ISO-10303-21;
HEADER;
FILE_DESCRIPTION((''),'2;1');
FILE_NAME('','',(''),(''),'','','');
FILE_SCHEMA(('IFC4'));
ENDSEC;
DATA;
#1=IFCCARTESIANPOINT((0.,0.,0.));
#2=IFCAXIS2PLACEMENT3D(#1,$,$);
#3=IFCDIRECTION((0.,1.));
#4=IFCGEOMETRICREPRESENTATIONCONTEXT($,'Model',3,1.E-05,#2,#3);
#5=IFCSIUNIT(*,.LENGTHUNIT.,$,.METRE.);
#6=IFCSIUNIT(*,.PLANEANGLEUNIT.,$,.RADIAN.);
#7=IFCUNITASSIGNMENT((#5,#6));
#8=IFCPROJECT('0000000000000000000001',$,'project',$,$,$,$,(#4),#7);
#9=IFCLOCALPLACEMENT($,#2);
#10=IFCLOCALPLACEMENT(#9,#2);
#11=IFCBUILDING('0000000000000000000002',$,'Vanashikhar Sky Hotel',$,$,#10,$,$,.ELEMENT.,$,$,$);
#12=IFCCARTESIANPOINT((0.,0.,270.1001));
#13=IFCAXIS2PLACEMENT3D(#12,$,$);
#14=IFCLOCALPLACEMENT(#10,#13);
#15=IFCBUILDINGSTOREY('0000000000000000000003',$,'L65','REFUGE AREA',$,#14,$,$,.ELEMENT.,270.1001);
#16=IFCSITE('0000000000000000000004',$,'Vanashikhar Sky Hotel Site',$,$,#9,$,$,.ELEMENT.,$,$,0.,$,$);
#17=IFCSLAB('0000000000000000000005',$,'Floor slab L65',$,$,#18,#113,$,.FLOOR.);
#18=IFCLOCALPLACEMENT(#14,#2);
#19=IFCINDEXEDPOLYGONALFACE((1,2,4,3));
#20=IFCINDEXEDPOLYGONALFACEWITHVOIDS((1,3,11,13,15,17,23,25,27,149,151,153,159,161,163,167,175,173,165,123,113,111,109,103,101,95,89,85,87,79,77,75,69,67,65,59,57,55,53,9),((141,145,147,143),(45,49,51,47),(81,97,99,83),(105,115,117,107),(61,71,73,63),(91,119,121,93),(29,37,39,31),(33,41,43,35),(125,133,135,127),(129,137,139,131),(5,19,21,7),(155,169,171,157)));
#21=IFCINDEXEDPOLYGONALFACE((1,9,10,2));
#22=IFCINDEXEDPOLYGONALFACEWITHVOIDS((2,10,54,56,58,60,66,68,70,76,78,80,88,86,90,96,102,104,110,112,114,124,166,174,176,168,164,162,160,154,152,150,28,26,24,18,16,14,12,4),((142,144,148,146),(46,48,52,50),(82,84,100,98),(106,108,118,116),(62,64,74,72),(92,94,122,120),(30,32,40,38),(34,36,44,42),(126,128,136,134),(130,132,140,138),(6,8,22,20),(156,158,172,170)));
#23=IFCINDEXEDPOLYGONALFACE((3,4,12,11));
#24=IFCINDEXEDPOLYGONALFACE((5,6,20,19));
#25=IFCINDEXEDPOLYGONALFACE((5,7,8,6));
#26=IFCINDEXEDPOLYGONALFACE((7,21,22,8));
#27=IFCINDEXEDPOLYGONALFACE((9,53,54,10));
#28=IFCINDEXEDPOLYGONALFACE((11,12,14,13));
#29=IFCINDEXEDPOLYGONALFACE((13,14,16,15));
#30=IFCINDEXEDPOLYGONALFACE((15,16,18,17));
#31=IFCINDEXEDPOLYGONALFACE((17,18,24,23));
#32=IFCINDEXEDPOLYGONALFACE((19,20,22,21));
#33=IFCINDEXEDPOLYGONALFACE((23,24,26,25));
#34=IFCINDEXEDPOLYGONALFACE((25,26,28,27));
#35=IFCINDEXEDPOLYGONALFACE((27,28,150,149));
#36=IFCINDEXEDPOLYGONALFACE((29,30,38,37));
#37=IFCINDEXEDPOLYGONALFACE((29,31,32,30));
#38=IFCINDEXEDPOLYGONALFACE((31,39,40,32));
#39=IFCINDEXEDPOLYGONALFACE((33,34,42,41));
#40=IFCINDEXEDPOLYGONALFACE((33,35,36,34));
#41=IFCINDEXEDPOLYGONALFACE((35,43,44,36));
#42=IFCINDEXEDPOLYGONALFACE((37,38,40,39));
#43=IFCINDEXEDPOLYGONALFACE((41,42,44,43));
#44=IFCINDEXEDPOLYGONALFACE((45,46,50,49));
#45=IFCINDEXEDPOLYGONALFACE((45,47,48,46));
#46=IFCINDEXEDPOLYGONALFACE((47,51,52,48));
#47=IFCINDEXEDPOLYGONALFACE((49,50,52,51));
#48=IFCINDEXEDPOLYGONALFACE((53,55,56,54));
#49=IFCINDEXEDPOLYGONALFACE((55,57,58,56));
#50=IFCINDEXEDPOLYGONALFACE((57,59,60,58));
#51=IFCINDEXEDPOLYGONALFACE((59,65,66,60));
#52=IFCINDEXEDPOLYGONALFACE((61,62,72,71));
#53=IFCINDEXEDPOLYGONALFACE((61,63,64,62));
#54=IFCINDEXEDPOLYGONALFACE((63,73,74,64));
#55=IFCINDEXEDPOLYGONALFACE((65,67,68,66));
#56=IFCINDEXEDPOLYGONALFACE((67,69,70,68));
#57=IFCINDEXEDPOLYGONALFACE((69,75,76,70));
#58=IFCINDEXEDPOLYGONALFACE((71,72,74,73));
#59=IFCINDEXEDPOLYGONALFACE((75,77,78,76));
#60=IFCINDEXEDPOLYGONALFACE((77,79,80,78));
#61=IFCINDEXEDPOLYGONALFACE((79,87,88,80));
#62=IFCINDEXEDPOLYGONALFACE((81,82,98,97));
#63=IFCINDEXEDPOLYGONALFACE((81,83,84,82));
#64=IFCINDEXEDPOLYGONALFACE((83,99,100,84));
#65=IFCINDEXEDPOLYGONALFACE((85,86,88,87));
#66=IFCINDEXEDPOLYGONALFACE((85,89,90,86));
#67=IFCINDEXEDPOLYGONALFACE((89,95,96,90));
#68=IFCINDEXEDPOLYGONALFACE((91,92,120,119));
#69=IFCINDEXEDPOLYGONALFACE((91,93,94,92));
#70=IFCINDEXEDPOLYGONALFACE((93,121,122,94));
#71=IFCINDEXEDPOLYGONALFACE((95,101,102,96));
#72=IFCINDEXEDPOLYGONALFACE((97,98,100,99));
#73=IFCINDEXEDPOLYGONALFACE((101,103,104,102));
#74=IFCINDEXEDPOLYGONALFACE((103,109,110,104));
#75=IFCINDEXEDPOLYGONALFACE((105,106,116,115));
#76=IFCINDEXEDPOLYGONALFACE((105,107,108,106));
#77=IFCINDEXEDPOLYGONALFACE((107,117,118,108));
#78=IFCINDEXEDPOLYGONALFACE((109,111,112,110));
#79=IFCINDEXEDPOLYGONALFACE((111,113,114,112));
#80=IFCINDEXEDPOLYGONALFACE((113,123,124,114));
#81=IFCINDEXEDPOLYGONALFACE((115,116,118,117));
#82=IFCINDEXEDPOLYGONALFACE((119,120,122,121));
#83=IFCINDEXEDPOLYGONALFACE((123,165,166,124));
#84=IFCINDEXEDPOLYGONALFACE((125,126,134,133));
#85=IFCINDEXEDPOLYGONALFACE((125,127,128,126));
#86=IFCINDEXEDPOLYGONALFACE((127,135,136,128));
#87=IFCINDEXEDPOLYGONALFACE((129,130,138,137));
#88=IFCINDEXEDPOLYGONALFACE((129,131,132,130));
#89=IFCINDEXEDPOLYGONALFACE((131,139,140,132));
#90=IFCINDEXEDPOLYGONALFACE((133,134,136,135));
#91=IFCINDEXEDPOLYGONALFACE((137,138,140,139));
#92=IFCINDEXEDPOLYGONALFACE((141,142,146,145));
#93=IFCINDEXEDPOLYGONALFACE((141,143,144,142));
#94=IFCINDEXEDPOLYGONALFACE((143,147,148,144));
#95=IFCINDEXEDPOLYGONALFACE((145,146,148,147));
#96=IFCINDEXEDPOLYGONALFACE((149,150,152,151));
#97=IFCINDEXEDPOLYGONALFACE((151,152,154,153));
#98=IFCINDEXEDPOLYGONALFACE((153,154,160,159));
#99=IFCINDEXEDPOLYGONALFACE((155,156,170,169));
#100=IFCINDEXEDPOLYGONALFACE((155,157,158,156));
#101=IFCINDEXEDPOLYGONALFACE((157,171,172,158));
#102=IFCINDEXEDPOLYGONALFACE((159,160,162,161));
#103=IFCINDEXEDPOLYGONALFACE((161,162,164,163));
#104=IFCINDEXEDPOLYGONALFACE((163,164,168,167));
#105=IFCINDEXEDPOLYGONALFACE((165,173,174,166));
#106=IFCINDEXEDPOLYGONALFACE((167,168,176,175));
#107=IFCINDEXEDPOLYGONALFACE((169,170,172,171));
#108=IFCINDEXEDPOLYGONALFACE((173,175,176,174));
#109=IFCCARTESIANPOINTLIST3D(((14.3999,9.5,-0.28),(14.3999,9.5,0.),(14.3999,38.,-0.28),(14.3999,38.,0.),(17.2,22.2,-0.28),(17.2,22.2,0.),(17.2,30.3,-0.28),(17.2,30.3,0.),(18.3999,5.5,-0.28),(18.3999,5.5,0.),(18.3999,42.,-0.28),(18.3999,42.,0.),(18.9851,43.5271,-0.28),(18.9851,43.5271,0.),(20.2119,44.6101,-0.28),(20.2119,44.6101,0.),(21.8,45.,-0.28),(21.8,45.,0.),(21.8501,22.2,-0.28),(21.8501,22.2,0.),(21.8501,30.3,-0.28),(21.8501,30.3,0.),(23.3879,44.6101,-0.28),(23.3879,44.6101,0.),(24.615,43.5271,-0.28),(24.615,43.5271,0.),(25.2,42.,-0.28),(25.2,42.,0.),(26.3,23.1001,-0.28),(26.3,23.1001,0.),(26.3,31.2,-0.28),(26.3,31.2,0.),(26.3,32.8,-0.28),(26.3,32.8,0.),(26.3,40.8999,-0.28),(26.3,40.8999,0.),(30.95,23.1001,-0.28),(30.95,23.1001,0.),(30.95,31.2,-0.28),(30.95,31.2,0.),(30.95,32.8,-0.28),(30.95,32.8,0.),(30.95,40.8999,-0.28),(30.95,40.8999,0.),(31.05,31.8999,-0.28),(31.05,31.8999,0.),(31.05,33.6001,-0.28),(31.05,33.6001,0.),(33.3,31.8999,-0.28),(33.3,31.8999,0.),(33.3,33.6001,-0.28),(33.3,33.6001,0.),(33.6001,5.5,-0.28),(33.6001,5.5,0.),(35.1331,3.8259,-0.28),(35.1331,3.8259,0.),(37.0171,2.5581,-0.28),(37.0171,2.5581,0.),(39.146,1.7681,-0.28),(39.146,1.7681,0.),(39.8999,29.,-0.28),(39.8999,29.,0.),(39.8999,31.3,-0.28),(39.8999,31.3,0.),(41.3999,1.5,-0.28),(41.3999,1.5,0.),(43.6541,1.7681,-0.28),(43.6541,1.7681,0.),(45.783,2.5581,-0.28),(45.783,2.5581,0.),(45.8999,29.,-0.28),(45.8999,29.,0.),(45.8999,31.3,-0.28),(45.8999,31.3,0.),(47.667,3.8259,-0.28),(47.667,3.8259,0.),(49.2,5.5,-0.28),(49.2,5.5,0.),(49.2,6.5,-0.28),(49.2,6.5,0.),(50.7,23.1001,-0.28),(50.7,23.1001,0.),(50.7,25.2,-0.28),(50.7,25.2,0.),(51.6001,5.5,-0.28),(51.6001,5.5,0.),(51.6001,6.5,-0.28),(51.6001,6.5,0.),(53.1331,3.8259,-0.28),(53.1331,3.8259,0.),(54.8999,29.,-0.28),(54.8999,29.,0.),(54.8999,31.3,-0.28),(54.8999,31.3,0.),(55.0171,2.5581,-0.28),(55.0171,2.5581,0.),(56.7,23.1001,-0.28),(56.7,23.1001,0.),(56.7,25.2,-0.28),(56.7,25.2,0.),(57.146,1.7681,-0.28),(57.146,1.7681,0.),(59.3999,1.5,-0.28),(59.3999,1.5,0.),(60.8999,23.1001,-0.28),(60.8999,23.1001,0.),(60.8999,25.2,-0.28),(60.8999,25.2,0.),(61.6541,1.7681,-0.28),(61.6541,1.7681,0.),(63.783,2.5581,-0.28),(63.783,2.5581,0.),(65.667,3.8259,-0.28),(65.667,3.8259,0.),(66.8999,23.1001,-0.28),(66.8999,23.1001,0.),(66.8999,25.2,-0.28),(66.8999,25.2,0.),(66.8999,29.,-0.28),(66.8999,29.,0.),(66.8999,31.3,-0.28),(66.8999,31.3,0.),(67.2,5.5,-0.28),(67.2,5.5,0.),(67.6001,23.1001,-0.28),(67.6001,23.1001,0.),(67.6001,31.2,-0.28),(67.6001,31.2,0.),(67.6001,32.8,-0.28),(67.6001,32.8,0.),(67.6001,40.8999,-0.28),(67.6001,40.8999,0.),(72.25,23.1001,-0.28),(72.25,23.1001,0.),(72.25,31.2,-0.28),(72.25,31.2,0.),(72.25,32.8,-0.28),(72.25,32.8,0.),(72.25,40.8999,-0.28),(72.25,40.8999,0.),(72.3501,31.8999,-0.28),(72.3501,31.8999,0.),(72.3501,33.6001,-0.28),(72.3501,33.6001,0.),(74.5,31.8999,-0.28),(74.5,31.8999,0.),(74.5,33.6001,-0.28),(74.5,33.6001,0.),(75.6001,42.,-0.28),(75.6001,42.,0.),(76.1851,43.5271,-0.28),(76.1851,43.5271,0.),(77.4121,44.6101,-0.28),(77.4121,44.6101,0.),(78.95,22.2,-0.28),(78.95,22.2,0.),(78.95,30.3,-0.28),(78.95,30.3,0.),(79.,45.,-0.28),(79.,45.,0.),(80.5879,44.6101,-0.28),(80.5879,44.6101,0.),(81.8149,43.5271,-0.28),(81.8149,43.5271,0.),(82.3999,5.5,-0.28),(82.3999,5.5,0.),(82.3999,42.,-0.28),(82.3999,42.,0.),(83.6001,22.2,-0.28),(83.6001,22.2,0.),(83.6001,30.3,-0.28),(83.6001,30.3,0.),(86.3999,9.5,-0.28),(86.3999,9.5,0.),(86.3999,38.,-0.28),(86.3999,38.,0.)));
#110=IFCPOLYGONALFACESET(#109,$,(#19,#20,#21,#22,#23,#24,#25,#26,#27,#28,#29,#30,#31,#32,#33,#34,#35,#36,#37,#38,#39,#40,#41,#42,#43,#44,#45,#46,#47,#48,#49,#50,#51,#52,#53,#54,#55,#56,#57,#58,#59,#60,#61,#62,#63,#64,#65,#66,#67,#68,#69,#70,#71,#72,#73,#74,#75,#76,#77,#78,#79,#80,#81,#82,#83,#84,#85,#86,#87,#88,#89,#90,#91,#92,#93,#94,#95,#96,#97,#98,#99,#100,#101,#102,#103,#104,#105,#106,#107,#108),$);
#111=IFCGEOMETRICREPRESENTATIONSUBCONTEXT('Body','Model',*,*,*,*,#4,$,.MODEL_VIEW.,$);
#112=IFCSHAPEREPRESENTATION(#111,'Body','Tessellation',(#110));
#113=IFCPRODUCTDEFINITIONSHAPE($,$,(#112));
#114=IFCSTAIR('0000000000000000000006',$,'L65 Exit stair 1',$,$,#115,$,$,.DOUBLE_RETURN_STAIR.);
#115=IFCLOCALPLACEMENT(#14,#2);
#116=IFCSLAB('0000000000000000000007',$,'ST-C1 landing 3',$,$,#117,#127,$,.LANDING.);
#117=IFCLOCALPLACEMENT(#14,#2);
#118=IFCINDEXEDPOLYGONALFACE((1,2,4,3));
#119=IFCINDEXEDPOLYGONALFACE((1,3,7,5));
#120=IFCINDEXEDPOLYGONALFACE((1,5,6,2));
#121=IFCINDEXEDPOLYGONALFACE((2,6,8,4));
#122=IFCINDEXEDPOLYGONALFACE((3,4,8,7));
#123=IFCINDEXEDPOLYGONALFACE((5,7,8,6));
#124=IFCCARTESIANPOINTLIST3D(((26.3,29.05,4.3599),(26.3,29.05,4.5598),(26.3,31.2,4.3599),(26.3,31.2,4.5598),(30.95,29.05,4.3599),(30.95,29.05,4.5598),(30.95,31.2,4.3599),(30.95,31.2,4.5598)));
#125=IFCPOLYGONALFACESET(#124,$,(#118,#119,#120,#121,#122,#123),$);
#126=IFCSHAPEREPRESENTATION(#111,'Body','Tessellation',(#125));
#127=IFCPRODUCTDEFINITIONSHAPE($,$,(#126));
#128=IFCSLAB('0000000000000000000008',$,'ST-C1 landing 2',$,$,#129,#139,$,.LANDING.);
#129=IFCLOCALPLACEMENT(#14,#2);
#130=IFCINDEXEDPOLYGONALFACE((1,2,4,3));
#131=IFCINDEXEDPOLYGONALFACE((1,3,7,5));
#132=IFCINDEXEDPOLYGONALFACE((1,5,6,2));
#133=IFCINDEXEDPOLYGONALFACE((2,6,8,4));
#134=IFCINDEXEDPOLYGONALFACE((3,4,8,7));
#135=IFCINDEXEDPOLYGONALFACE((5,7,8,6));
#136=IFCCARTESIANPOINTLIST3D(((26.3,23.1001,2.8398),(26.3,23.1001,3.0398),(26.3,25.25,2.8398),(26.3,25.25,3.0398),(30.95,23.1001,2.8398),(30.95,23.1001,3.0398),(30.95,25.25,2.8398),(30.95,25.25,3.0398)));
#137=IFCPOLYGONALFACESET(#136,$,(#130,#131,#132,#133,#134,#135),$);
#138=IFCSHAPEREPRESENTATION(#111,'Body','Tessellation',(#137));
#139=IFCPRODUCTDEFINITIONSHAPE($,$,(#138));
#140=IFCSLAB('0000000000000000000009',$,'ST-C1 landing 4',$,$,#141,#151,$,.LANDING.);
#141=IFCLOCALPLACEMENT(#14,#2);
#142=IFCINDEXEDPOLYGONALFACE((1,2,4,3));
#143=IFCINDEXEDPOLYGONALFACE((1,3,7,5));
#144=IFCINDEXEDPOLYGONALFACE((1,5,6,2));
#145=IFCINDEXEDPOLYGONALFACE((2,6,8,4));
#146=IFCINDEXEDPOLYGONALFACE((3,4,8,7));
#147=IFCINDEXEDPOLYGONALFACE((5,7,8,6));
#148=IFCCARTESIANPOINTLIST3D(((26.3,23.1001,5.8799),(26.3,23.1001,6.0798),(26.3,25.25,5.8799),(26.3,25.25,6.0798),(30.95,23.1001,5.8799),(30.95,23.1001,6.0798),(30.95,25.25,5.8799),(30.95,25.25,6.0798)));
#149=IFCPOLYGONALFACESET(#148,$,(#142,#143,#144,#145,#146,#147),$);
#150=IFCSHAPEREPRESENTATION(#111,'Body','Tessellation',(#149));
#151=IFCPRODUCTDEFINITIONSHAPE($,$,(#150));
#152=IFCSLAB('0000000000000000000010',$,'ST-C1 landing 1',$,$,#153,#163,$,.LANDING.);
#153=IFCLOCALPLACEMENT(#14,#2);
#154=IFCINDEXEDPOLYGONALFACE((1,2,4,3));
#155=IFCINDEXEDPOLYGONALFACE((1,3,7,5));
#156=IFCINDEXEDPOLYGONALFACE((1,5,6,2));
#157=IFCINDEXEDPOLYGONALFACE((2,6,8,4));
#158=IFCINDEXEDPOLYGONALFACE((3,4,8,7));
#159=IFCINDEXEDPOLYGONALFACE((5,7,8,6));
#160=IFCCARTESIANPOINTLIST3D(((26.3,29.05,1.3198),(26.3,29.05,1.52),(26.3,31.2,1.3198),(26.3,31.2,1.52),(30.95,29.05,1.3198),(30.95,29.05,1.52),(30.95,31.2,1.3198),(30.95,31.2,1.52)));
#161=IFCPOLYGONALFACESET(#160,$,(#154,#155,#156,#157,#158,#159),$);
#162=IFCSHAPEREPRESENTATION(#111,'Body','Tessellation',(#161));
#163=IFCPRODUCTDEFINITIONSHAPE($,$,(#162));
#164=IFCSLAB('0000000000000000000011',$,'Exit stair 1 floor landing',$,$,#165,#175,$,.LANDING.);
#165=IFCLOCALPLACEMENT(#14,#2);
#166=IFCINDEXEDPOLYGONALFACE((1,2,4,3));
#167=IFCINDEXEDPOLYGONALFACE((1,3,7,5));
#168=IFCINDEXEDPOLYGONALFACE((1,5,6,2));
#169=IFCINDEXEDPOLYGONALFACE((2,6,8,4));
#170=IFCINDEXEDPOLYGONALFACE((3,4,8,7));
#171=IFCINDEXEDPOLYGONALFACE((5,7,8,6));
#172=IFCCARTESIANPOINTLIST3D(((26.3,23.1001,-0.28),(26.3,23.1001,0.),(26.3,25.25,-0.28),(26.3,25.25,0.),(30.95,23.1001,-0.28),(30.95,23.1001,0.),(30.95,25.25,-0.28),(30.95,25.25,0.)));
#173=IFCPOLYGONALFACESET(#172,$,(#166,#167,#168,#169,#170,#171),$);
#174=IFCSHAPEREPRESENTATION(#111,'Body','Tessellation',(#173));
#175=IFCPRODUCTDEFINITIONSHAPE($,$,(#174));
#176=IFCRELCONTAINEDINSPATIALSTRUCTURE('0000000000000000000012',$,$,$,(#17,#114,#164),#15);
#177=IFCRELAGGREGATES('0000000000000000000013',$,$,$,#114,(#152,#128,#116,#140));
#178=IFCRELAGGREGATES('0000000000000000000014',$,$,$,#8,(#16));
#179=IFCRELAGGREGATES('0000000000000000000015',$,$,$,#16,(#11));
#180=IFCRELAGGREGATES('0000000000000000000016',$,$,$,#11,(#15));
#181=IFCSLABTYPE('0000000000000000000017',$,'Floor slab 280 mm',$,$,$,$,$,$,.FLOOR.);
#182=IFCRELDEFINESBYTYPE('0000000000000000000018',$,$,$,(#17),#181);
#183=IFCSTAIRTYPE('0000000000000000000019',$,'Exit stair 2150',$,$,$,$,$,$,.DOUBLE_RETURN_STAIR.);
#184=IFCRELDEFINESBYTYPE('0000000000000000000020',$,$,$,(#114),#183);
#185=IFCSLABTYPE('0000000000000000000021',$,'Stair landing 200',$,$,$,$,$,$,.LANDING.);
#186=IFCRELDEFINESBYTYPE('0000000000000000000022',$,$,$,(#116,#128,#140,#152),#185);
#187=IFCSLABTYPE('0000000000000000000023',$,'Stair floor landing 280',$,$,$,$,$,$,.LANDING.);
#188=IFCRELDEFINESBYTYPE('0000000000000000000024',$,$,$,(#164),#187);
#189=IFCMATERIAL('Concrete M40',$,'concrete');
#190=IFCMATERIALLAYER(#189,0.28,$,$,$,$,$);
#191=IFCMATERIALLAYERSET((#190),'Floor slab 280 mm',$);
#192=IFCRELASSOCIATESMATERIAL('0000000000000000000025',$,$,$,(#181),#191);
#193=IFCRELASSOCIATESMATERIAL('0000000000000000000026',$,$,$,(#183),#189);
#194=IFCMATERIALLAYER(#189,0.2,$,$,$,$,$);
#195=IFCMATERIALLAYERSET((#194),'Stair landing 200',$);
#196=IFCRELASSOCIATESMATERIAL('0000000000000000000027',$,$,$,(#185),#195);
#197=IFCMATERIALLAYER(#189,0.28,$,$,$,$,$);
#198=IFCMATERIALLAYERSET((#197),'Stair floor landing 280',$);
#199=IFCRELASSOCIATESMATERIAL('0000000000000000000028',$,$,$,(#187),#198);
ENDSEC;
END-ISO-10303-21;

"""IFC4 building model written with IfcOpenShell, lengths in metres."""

from ifc_helpers import new_model, si_unit, direction, frame, origin, place, context, subcontext, project, spatial, polyline, outline, extrude, source, transform, mapped, material, layer, layer_set, type_object, element, aggregate, save


model = new_model("IFC4")

# Units and contexts
model_context = context("Model", 3, precision=1e-05, world=origin(), true_north=direction((0.0, 1.0)))
body_context = subcontext(model_context, "Body", "Model", "MODEL_VIEW")
ifc_project = project(units=[si_unit("LENGTHUNIT", "METRE"), si_unit("PLANEANGLEUNIT", "RADIAN")], contexts=[model_context])

# Site, building, storey
site_placement = place(None, origin())
site = spatial("IfcSite", under=ifc_project, at=site_placement, Name="Vanashikhar Sky Hotel Site", CompositionType="ELEMENT", RefElevation=0.0)
building_placement = place(site_placement, origin())
building = spatial("IfcBuilding", under=site, at=building_placement, Name="Vanashikhar Sky Hotel", CompositionType="ELEMENT")
storey_placement = place(building_placement, frame((0.0, 0.0, 270.1001)))
storey = spatial("IfcBuildingStorey", under=building, at=storey_placement, Name="L65", Description="REFUGE AREA", CompositionType="ELEMENT", Elevation=270.1001)

# Slab
ifc_material = material(Name="Concrete M40", Category="concrete")
ifc_layer_1 = layer(ifc_material, 0.28)
ifc_layer_set_1 = layer_set([ifc_layer_1], Name="Floor slab 280 mm")
slab_type_1 = type_object("IfcSlabType", Name="Floor slab 280 mm", PredefinedType="FLOOR", material=ifc_layer_set_1)
shared_shape_1 = source(origin(), body_context, "Body", "SweptSolid", [
    extrude(outline(polyline([(49.2, 5.5), (49.2, 6.5), (51.6001, 6.5), (51.6001, 5.5), (53.1331, 3.8259), (55.0171, 2.5581), (57.146, 1.7681), (59.3999, 1.5), (61.6541, 1.7681), (63.783, 2.5581), (65.667, 3.8259), (67.2, 5.5), (82.3999, 5.5), (86.3999, 9.5), (86.3999, 38.0), (82.3999, 42.0), (81.8149, 43.5271), (80.5879, 44.6101), (79.0, 45.0), (77.4121, 44.6101), (76.1851, 43.5271), (75.6001, 42.0), (25.2, 42.0), (24.615, 43.5271), (23.3879, 44.6101), (21.8, 45.0), (20.2119, 44.6101), (18.9851, 43.5271), (18.3999, 42.0), (14.3999, 38.0), (14.3999, 9.5), (18.3999, 5.5), (33.6001, 5.5), (35.1331, 3.8259), (37.0171, 2.5581), (39.146, 1.7681), (41.3999, 1.5), (43.6541, 1.7681), (45.783, 2.5581), (47.667, 3.8259), (49.2, 5.5)]), holes=[polyline([(33.3, 33.6001), (31.05, 33.6001), (31.05, 31.8999), (33.3, 31.8999), (33.3, 33.6001)]), polyline([(39.8999, 31.3), (39.8999, 29.0), (45.8999, 29.0), (45.8999, 31.3), (39.8999, 31.3)]), polyline([(50.7, 25.2), (50.7, 23.1001), (56.7, 23.1001), (56.7, 25.2), (50.7, 25.2)]), polyline([(66.8999, 29.0), (66.8999, 31.3), (54.8999, 31.3), (54.8999, 29.0), (66.8999, 29.0)]), polyline([(60.8999, 25.2), (60.8999, 23.1001), (66.8999, 23.1001), (66.8999, 25.2), (60.8999, 25.2)]), polyline([(74.5, 33.6001), (72.3501, 33.6001), (72.3501, 31.8999), (74.5, 31.8999), (74.5, 33.6001)]), polyline([(30.95, 23.1001), (30.95, 31.2), (26.3, 31.2), (26.3, 23.1001), (30.95, 23.1001)]), polyline([(72.25, 23.1001), (72.25, 31.2), (67.6001, 31.2), (67.6001, 23.1001), (72.25, 23.1001)]), polyline([(30.95, 32.8), (30.95, 40.8999), (26.3, 40.8999), (26.3, 32.8), (30.95, 32.8)]), polyline([(72.25, 32.8), (72.25, 40.8999), (67.6001, 40.8999), (67.6001, 32.8), (72.25, 32.8)]), polyline([(83.6001, 22.2), (83.6001, 30.3), (78.95, 30.3), (78.95, 22.2), (83.6001, 22.2)]), polyline([(21.8501, 22.2), (21.8501, 30.3), (17.2, 30.3), (17.2, 22.2), (21.8501, 22.2)])]), origin(), (0.0, 0.0, 1.0), 0.28),
])
slab_1_placement = place(storey_placement, frame((0.0, 0.0, -0.28)))
element("IfcSlab", 1, at=slab_1_placement, inside=storey, type_object=slab_type_1, Name="Floor slab L65", PredefinedType="FLOOR", context=body_context, shape_type="MappedRepresentation", body=[
    mapped(shared_shape_1, transform((0.0, 0.0, 0.0), scale=1.0)),
])

# Stair, slabs
stair_type = type_object("IfcStairType", Name="Exit stair 2150", PredefinedType="DOUBLE_RETURN_STAIR", material=ifc_material)
stair_1_placement = place(storey_placement, origin())
stair_1 = element("IfcStair", 2, at=stair_1_placement, inside=storey, type_object=stair_type, Name="L65 Exit stair 1", PredefinedType="DOUBLE_RETURN_STAIR")
ifc_layer_2 = layer(ifc_material, 0.2)
ifc_layer_set_2 = layer_set([ifc_layer_2], Name="Stair landing 200")
slab_type_2 = type_object("IfcSlabType", Name="Stair landing 200", PredefinedType="LANDING", material=ifc_layer_set_2)
shared_shape_2 = source(origin(), body_context, "Body", "SweptSolid", [
    extrude(outline(polyline([(30.95, 29.05), (30.95, 31.2), (26.3, 31.2), (26.3, 29.05), (30.95, 29.05)])), origin(), (0.0, 0.0, 1.0), 0.2),
])
slab_2_placement = place(storey_placement, frame((0.0, 0.0, 4.3599)))
slab_2 = element("IfcSlab", 3, at=slab_2_placement, type_object=slab_type_2, Name="ST-C1 landing 3", PredefinedType="LANDING", context=body_context, shape_type="MappedRepresentation", body=[
    mapped(shared_shape_2, transform((0.0, 0.0, 0.0), scale=1.0)),
])
shared_shape_3 = source(origin(), body_context, "Body", "SweptSolid", [
    extrude(outline(polyline([(30.95, 23.1001), (30.95, 25.25), (26.3, 25.25), (26.3, 23.1001), (30.95, 23.1001)])), origin(), (0.0, 0.0, 1.0), 0.2),
])
slab_3_placement = place(storey_placement, frame((0.0, 0.0, 2.8398)))
slab_3 = element("IfcSlab", 4, at=slab_3_placement, type_object=slab_type_2, Name="ST-C1 landing 2", PredefinedType="LANDING", context=body_context, shape_type="MappedRepresentation", body=[
    mapped(shared_shape_3, transform((0.0, 0.0, 0.0), scale=1.0)),
])
slab_4_placement = place(storey_placement, frame((0.0, 0.0, 5.8799)))
slab_4 = element("IfcSlab", 5, at=slab_4_placement, type_object=slab_type_2, Name="ST-C1 landing 4", PredefinedType="LANDING", context=body_context, shape_type="MappedRepresentation", body=[
    mapped(shared_shape_3, transform((0.0, 0.0, 0.0), scale=1.0)),
])
shared_shape_4 = source(origin(), body_context, "Body", "SweptSolid", [
    extrude(outline(polyline([(30.95, 29.05), (30.95, 31.2), (26.3, 31.2), (26.3, 29.05), (30.95, 29.05)])), origin(), (0.0, 0.0, 1.0), 0.2002),
])
slab_5_placement = place(storey_placement, frame((0.0, 0.0, 1.3198)))
slab_5 = element("IfcSlab", 6, at=slab_5_placement, type_object=slab_type_2, Name="ST-C1 landing 1", PredefinedType="LANDING", context=body_context, shape_type="MappedRepresentation", body=[
    mapped(shared_shape_4, transform((0.0, 0.0, 0.0), scale=1.0)),
])
aggregate(stair_1, [slab_5, slab_3, slab_2, slab_4])

# Slab
ifc_layer_3 = layer(ifc_material, 0.28)
ifc_layer_set_3 = layer_set([ifc_layer_3], Name="Stair floor landing 280")
slab_type_3 = type_object("IfcSlabType", Name="Stair floor landing 280", PredefinedType="LANDING", material=ifc_layer_set_3)
shared_shape_5 = source(origin(), body_context, "Body", "SweptSolid", [
    extrude(outline(polyline([(30.95, 23.1001), (30.95, 25.25), (26.3, 25.25), (26.3, 23.1001), (30.95, 23.1001)])), origin(), (0.0, 0.0, 1.0), 0.28),
])
slab_6_placement = place(storey_placement, frame((0.0, 0.0, -0.28)))
element("IfcSlab", 7, at=slab_6_placement, inside=storey, type_object=slab_type_3, Name="Exit stair 1 floor landing", PredefinedType="LANDING", context=body_context, shape_type="MappedRepresentation", body=[
    mapped(shared_shape_5, transform((0.0, 0.0, 0.0), scale=1.0)),
])

save(model, "model.ifc")
